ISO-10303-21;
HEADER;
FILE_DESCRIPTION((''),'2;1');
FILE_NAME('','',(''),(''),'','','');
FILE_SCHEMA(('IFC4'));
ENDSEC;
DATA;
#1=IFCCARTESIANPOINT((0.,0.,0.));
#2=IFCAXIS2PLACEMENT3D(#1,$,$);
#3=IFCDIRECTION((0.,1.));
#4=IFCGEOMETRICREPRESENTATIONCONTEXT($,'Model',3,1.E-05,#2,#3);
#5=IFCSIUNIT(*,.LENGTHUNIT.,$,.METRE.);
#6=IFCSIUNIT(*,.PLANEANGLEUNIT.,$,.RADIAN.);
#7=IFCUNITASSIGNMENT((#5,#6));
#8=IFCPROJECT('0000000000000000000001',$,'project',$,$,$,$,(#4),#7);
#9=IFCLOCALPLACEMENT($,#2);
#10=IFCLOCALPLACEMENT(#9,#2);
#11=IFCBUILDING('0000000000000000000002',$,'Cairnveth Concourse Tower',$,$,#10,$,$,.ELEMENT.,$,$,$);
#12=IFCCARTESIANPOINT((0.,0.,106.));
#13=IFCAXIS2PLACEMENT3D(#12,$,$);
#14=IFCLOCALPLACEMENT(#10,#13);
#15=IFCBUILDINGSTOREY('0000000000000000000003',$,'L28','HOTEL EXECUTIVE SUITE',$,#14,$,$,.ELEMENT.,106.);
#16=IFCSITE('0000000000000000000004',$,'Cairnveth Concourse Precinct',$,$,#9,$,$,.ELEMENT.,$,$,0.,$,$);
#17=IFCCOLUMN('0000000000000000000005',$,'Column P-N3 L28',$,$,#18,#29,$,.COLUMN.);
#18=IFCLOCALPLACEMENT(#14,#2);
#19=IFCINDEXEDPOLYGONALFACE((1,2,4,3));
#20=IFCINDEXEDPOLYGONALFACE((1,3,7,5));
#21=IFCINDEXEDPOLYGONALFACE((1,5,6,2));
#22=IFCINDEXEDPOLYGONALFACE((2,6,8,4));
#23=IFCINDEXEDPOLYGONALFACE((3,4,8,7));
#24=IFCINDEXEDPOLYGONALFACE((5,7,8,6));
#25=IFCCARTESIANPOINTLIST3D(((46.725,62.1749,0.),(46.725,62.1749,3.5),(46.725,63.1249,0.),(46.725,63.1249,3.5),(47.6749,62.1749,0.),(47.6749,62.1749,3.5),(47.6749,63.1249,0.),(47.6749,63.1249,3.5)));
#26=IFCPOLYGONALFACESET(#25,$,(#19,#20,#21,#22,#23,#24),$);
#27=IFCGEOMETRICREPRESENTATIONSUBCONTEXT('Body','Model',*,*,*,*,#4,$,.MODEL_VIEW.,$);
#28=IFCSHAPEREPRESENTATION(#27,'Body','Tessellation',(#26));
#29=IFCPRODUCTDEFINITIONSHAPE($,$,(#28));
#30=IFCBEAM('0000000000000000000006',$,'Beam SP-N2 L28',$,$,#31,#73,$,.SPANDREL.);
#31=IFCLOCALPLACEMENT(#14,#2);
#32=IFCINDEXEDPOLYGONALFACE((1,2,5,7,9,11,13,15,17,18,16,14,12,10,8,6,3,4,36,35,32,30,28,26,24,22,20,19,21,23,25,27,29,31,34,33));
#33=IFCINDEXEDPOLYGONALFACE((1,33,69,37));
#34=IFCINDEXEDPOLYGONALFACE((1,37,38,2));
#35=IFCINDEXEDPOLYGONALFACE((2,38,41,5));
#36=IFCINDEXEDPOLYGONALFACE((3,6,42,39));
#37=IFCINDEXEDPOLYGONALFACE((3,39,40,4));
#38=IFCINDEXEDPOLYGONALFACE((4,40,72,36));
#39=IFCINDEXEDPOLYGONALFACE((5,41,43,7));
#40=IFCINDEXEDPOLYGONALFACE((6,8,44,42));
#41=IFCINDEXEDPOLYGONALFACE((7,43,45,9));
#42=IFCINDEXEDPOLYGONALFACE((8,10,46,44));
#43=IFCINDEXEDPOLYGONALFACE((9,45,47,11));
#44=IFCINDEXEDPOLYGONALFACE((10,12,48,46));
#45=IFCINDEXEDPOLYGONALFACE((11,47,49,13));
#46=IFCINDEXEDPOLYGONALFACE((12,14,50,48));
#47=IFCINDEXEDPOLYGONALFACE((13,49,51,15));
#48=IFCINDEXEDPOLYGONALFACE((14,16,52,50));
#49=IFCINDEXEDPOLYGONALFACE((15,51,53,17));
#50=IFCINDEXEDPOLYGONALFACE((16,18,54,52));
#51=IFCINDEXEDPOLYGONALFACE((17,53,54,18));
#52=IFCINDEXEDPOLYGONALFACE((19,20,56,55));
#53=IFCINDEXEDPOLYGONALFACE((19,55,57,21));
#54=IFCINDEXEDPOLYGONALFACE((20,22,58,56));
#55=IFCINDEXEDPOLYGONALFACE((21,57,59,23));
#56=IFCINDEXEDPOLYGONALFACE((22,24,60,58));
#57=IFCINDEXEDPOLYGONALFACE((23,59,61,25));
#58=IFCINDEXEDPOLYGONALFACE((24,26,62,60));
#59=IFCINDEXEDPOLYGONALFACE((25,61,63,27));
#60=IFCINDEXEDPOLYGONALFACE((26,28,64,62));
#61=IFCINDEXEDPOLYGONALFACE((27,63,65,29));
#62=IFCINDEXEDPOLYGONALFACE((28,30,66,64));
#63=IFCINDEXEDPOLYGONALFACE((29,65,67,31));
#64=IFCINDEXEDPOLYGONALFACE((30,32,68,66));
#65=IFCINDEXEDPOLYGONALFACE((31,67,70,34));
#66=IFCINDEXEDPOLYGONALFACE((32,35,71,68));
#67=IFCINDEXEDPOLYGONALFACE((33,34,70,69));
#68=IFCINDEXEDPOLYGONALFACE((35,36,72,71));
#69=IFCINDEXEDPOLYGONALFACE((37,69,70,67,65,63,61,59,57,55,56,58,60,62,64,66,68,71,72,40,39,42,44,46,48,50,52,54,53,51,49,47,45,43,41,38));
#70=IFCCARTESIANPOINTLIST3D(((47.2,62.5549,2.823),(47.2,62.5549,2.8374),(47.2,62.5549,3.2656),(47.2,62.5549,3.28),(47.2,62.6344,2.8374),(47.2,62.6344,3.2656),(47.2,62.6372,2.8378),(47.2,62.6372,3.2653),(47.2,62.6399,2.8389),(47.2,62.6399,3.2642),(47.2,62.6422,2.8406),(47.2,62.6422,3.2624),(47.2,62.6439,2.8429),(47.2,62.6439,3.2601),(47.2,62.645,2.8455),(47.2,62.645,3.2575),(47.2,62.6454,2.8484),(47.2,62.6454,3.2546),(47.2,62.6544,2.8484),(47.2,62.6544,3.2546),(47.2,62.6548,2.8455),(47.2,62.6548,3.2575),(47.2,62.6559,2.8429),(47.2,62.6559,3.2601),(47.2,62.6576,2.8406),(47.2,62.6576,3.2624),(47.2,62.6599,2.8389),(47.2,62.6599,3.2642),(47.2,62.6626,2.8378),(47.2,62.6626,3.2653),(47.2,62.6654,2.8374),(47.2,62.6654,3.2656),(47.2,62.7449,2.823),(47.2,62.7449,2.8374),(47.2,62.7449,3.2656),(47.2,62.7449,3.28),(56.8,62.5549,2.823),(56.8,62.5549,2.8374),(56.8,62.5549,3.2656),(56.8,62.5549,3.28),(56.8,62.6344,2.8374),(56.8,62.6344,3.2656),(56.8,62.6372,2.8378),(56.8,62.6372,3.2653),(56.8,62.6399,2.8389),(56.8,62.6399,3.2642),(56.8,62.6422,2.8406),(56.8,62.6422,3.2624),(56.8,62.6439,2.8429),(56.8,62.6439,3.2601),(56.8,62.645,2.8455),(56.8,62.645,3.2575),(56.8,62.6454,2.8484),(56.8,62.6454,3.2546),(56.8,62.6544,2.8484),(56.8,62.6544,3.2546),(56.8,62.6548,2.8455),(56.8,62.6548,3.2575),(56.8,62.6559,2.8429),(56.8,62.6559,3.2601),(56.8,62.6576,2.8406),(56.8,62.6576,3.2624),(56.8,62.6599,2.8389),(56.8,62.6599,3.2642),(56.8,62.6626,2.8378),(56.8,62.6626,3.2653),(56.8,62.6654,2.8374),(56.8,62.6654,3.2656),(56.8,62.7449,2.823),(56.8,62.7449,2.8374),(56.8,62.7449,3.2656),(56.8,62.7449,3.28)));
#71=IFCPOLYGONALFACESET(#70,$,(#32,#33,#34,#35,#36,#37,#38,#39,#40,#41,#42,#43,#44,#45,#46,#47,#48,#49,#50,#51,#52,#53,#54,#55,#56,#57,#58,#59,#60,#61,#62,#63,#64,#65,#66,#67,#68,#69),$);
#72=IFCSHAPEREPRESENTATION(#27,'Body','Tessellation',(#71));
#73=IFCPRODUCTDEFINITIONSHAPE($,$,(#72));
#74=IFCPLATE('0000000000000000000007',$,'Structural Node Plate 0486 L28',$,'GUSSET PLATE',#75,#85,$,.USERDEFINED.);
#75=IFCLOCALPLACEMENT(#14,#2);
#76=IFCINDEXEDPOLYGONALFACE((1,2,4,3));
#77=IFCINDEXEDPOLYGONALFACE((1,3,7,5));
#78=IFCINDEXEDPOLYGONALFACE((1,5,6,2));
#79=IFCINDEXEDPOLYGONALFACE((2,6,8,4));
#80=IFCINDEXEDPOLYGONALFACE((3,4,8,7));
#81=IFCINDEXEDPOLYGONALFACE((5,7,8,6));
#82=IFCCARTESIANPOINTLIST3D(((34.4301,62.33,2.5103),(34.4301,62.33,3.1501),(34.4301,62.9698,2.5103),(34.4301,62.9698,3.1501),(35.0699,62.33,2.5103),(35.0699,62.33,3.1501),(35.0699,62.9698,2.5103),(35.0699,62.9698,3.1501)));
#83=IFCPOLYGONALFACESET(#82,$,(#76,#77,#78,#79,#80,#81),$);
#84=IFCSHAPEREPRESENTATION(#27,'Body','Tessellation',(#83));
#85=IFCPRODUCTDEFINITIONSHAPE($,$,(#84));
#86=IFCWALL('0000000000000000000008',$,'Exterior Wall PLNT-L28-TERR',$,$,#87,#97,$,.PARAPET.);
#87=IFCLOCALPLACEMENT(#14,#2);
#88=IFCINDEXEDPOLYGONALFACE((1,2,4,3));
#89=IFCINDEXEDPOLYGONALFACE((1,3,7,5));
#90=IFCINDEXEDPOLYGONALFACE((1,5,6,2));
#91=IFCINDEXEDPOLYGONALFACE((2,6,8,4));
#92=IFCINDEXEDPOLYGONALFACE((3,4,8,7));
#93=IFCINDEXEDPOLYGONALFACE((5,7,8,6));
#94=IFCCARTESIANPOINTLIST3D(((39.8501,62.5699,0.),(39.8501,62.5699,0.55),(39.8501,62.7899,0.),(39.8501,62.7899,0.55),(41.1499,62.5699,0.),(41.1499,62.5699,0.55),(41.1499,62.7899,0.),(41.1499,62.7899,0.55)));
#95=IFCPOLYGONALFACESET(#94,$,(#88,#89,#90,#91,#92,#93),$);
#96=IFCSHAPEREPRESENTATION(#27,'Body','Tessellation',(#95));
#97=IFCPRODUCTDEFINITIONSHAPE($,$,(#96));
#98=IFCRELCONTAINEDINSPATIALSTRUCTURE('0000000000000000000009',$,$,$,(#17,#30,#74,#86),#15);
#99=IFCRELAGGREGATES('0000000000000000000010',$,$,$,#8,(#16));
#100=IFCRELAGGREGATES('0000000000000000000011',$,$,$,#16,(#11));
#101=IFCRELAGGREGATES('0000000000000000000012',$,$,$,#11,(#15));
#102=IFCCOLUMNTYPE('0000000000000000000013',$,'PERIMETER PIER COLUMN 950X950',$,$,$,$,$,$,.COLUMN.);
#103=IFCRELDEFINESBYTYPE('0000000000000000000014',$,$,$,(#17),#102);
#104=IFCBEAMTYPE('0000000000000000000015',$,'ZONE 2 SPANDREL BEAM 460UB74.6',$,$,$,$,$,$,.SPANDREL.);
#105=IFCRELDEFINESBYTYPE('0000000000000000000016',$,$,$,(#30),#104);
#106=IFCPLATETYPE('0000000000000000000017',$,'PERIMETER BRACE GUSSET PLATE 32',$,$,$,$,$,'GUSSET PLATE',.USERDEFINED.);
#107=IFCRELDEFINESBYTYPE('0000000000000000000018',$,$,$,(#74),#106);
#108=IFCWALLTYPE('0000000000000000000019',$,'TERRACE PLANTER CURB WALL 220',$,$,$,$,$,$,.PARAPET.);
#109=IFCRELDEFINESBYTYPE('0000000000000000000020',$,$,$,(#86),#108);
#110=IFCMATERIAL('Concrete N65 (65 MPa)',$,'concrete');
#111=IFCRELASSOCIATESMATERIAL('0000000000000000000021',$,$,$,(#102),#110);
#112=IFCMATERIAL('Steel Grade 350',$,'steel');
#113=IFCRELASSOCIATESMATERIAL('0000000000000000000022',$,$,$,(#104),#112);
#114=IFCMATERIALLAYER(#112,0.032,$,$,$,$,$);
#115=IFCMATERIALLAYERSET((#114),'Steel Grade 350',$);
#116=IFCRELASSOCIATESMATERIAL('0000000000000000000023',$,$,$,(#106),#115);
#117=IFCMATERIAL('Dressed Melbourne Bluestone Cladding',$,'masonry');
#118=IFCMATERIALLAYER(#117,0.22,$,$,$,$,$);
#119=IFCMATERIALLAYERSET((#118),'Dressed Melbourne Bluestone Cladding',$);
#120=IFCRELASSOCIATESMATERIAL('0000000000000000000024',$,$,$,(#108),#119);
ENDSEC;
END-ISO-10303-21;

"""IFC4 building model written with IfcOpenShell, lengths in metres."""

from ifc_helpers import new_model, si_unit, direction, frame, frame_2d, origin, origin_2d, place, context, subcontext, project, spatial, rectangle, i_section, extrude, material, layer, layer_set, material_profile, profile_set, type_object, element, save


model = new_model("IFC4")

# Units and contexts
model_context = context("Model", 3, precision=1e-05, world=origin(), true_north=direction((0.0, 1.0)))
body_context = subcontext(model_context, "Body", "Model", "MODEL_VIEW")
ifc_project = project(units=[si_unit("LENGTHUNIT", "METRE"), si_unit("PLANEANGLEUNIT", "RADIAN")], contexts=[model_context])

# Site, building, storey
site_placement = place(None, origin())
site = spatial("IfcSite", under=ifc_project, at=site_placement, Name="Cairnveth Concourse Precinct", CompositionType="ELEMENT", RefElevation=0.0)
building_placement = place(site_placement, origin())
building = spatial("IfcBuilding", under=site, at=building_placement, Name="Cairnveth Concourse Tower", CompositionType="ELEMENT")
storey_placement = place(building_placement, frame((0.0, 0.0, 106.0)))
storey = spatial("IfcBuildingStorey", under=building, at=storey_placement, Name="L28", Description="HOTEL EXECUTIVE SUITE", CompositionType="ELEMENT", Elevation=106.0)

# Column
ifc_material_1 = material(Name="Concrete N65 (65 MPa)", Category="concrete")
ifc_material_profile_1 = material_profile(ifc_material_1, rectangle(XDim=0.95, YDim=0.95, at=origin_2d()), Name="RC-COL-950x950")
ifc_profile_set_1 = profile_set([ifc_material_profile_1], Name="Concrete N65 (65 MPa)")
column_type = type_object("IfcColumnType", Name="PERIMETER PIER COLUMN 950X950", PredefinedType="COLUMN", material=ifc_profile_set_1)
column_placement = place(storey_placement, frame((47.2, 62.6499, 0.0), z_axis=(0.0, 0.0, 1.0), x_axis=(1.0, 0.0, 0.0)))
element("IfcColumn", 1, at=column_placement, inside=storey, type_object=column_type, Name="Column P-N3 L28", PredefinedType="COLUMN", context=body_context, shape_type="SweptSolid", body=[
    extrude(rectangle(XDim=0.95, YDim=0.95, at=origin_2d()), origin(), (0.0, 0.0, 1.0), 3.5),
])

# Beam
ifc_material_2 = material(Name="Steel Grade 350", Category="steel")
ifc_material_profile_2 = material_profile(ifc_material_2, i_section(OverallWidth=0.1899, OverallDepth=0.457, WebThickness=0.009, FlangeThickness=0.0144, FilletRadius=0.011, at=origin_2d()), Name="460UB74.6")
ifc_profile_set_2 = profile_set([ifc_material_profile_2], Name="Steel Grade 350")
beam_type = type_object("IfcBeamType", Name="ZONE 2 SPANDREL BEAM 460UB74.6", PredefinedType="SPANDREL", material=ifc_profile_set_2)
beam_placement = place(storey_placement, frame((47.2, 62.6499, 3.0515), z_axis=(1.0, 0.0, 0.0), x_axis=(0.0, 1.0, 0.0)))
element("IfcBeam", 2, at=beam_placement, inside=storey, type_object=beam_type, Name="Beam SP-N2 L28", PredefinedType="SPANDREL", context=body_context, shape_type="SweptSolid", body=[
    extrude(i_section(OverallWidth=0.1899, OverallDepth=0.457, WebThickness=0.009, FlangeThickness=0.0144, FilletRadius=0.011, at=origin_2d()), origin(), (0.0, 0.0, 1.0), 9.6001),
])

# Plate
ifc_layer_1 = layer(ifc_material_2, 0.032)
ifc_layer_set_1 = layer_set([ifc_layer_1], Name="Steel Grade 350")
plate_type = type_object("IfcPlateType", Name="PERIMETER BRACE GUSSET PLATE 32", ElementType="GUSSET PLATE", PredefinedType="USERDEFINED", material=ifc_layer_set_1)
plate_placement = place(storey_placement, frame((34.75, 62.6499, 2.5103), z_axis=(0.0, 0.0, 1.0), x_axis=(1.0, 0.0, 0.0)))
element("IfcPlate", 3, at=plate_placement, inside=storey, type_object=plate_type, Name="Structural Node Plate 0486 L28", ObjectType="GUSSET PLATE", PredefinedType="USERDEFINED", context=body_context, shape_type="SweptSolid", body=[
    extrude(rectangle(XDim=0.6399, YDim=0.6399, at=origin_2d()), origin(), (0.0, 0.0, 1.0), 0.6399),
])

# Wall
ifc_material_3 = material(Name="Dressed Melbourne Bluestone Cladding", Category="masonry")
ifc_layer_2 = layer(ifc_material_3, 0.22)
ifc_layer_set_2 = layer_set([ifc_layer_2], Name="Dressed Melbourne Bluestone Cladding")
wall_type_1 = type_object("IfcWallType", Name="TERRACE PLANTER CURB WALL 220", PredefinedType="PARAPET", material=ifc_layer_set_2)
wall_1_placement = place(storey_placement, frame((39.8501, 62.6799, 0.0), z_axis=(0.0, 0.0, 1.0), x_axis=(1.0, 0.0, 0.0)))
element("IfcWall", 4, at=wall_1_placement, inside=storey, type_object=wall_type_1, Name="Exterior Wall PLNT-L28-TERR", PredefinedType="PARAPET", context=body_context, shape_type="SweptSolid", body=[
    extrude(rectangle(XDim=1.2998, YDim=0.22, at=frame_2d((0.6499, 0.0))), origin(), (0.0, 0.0, 1.0), 0.55),
])

save(model, "model.ifc")
